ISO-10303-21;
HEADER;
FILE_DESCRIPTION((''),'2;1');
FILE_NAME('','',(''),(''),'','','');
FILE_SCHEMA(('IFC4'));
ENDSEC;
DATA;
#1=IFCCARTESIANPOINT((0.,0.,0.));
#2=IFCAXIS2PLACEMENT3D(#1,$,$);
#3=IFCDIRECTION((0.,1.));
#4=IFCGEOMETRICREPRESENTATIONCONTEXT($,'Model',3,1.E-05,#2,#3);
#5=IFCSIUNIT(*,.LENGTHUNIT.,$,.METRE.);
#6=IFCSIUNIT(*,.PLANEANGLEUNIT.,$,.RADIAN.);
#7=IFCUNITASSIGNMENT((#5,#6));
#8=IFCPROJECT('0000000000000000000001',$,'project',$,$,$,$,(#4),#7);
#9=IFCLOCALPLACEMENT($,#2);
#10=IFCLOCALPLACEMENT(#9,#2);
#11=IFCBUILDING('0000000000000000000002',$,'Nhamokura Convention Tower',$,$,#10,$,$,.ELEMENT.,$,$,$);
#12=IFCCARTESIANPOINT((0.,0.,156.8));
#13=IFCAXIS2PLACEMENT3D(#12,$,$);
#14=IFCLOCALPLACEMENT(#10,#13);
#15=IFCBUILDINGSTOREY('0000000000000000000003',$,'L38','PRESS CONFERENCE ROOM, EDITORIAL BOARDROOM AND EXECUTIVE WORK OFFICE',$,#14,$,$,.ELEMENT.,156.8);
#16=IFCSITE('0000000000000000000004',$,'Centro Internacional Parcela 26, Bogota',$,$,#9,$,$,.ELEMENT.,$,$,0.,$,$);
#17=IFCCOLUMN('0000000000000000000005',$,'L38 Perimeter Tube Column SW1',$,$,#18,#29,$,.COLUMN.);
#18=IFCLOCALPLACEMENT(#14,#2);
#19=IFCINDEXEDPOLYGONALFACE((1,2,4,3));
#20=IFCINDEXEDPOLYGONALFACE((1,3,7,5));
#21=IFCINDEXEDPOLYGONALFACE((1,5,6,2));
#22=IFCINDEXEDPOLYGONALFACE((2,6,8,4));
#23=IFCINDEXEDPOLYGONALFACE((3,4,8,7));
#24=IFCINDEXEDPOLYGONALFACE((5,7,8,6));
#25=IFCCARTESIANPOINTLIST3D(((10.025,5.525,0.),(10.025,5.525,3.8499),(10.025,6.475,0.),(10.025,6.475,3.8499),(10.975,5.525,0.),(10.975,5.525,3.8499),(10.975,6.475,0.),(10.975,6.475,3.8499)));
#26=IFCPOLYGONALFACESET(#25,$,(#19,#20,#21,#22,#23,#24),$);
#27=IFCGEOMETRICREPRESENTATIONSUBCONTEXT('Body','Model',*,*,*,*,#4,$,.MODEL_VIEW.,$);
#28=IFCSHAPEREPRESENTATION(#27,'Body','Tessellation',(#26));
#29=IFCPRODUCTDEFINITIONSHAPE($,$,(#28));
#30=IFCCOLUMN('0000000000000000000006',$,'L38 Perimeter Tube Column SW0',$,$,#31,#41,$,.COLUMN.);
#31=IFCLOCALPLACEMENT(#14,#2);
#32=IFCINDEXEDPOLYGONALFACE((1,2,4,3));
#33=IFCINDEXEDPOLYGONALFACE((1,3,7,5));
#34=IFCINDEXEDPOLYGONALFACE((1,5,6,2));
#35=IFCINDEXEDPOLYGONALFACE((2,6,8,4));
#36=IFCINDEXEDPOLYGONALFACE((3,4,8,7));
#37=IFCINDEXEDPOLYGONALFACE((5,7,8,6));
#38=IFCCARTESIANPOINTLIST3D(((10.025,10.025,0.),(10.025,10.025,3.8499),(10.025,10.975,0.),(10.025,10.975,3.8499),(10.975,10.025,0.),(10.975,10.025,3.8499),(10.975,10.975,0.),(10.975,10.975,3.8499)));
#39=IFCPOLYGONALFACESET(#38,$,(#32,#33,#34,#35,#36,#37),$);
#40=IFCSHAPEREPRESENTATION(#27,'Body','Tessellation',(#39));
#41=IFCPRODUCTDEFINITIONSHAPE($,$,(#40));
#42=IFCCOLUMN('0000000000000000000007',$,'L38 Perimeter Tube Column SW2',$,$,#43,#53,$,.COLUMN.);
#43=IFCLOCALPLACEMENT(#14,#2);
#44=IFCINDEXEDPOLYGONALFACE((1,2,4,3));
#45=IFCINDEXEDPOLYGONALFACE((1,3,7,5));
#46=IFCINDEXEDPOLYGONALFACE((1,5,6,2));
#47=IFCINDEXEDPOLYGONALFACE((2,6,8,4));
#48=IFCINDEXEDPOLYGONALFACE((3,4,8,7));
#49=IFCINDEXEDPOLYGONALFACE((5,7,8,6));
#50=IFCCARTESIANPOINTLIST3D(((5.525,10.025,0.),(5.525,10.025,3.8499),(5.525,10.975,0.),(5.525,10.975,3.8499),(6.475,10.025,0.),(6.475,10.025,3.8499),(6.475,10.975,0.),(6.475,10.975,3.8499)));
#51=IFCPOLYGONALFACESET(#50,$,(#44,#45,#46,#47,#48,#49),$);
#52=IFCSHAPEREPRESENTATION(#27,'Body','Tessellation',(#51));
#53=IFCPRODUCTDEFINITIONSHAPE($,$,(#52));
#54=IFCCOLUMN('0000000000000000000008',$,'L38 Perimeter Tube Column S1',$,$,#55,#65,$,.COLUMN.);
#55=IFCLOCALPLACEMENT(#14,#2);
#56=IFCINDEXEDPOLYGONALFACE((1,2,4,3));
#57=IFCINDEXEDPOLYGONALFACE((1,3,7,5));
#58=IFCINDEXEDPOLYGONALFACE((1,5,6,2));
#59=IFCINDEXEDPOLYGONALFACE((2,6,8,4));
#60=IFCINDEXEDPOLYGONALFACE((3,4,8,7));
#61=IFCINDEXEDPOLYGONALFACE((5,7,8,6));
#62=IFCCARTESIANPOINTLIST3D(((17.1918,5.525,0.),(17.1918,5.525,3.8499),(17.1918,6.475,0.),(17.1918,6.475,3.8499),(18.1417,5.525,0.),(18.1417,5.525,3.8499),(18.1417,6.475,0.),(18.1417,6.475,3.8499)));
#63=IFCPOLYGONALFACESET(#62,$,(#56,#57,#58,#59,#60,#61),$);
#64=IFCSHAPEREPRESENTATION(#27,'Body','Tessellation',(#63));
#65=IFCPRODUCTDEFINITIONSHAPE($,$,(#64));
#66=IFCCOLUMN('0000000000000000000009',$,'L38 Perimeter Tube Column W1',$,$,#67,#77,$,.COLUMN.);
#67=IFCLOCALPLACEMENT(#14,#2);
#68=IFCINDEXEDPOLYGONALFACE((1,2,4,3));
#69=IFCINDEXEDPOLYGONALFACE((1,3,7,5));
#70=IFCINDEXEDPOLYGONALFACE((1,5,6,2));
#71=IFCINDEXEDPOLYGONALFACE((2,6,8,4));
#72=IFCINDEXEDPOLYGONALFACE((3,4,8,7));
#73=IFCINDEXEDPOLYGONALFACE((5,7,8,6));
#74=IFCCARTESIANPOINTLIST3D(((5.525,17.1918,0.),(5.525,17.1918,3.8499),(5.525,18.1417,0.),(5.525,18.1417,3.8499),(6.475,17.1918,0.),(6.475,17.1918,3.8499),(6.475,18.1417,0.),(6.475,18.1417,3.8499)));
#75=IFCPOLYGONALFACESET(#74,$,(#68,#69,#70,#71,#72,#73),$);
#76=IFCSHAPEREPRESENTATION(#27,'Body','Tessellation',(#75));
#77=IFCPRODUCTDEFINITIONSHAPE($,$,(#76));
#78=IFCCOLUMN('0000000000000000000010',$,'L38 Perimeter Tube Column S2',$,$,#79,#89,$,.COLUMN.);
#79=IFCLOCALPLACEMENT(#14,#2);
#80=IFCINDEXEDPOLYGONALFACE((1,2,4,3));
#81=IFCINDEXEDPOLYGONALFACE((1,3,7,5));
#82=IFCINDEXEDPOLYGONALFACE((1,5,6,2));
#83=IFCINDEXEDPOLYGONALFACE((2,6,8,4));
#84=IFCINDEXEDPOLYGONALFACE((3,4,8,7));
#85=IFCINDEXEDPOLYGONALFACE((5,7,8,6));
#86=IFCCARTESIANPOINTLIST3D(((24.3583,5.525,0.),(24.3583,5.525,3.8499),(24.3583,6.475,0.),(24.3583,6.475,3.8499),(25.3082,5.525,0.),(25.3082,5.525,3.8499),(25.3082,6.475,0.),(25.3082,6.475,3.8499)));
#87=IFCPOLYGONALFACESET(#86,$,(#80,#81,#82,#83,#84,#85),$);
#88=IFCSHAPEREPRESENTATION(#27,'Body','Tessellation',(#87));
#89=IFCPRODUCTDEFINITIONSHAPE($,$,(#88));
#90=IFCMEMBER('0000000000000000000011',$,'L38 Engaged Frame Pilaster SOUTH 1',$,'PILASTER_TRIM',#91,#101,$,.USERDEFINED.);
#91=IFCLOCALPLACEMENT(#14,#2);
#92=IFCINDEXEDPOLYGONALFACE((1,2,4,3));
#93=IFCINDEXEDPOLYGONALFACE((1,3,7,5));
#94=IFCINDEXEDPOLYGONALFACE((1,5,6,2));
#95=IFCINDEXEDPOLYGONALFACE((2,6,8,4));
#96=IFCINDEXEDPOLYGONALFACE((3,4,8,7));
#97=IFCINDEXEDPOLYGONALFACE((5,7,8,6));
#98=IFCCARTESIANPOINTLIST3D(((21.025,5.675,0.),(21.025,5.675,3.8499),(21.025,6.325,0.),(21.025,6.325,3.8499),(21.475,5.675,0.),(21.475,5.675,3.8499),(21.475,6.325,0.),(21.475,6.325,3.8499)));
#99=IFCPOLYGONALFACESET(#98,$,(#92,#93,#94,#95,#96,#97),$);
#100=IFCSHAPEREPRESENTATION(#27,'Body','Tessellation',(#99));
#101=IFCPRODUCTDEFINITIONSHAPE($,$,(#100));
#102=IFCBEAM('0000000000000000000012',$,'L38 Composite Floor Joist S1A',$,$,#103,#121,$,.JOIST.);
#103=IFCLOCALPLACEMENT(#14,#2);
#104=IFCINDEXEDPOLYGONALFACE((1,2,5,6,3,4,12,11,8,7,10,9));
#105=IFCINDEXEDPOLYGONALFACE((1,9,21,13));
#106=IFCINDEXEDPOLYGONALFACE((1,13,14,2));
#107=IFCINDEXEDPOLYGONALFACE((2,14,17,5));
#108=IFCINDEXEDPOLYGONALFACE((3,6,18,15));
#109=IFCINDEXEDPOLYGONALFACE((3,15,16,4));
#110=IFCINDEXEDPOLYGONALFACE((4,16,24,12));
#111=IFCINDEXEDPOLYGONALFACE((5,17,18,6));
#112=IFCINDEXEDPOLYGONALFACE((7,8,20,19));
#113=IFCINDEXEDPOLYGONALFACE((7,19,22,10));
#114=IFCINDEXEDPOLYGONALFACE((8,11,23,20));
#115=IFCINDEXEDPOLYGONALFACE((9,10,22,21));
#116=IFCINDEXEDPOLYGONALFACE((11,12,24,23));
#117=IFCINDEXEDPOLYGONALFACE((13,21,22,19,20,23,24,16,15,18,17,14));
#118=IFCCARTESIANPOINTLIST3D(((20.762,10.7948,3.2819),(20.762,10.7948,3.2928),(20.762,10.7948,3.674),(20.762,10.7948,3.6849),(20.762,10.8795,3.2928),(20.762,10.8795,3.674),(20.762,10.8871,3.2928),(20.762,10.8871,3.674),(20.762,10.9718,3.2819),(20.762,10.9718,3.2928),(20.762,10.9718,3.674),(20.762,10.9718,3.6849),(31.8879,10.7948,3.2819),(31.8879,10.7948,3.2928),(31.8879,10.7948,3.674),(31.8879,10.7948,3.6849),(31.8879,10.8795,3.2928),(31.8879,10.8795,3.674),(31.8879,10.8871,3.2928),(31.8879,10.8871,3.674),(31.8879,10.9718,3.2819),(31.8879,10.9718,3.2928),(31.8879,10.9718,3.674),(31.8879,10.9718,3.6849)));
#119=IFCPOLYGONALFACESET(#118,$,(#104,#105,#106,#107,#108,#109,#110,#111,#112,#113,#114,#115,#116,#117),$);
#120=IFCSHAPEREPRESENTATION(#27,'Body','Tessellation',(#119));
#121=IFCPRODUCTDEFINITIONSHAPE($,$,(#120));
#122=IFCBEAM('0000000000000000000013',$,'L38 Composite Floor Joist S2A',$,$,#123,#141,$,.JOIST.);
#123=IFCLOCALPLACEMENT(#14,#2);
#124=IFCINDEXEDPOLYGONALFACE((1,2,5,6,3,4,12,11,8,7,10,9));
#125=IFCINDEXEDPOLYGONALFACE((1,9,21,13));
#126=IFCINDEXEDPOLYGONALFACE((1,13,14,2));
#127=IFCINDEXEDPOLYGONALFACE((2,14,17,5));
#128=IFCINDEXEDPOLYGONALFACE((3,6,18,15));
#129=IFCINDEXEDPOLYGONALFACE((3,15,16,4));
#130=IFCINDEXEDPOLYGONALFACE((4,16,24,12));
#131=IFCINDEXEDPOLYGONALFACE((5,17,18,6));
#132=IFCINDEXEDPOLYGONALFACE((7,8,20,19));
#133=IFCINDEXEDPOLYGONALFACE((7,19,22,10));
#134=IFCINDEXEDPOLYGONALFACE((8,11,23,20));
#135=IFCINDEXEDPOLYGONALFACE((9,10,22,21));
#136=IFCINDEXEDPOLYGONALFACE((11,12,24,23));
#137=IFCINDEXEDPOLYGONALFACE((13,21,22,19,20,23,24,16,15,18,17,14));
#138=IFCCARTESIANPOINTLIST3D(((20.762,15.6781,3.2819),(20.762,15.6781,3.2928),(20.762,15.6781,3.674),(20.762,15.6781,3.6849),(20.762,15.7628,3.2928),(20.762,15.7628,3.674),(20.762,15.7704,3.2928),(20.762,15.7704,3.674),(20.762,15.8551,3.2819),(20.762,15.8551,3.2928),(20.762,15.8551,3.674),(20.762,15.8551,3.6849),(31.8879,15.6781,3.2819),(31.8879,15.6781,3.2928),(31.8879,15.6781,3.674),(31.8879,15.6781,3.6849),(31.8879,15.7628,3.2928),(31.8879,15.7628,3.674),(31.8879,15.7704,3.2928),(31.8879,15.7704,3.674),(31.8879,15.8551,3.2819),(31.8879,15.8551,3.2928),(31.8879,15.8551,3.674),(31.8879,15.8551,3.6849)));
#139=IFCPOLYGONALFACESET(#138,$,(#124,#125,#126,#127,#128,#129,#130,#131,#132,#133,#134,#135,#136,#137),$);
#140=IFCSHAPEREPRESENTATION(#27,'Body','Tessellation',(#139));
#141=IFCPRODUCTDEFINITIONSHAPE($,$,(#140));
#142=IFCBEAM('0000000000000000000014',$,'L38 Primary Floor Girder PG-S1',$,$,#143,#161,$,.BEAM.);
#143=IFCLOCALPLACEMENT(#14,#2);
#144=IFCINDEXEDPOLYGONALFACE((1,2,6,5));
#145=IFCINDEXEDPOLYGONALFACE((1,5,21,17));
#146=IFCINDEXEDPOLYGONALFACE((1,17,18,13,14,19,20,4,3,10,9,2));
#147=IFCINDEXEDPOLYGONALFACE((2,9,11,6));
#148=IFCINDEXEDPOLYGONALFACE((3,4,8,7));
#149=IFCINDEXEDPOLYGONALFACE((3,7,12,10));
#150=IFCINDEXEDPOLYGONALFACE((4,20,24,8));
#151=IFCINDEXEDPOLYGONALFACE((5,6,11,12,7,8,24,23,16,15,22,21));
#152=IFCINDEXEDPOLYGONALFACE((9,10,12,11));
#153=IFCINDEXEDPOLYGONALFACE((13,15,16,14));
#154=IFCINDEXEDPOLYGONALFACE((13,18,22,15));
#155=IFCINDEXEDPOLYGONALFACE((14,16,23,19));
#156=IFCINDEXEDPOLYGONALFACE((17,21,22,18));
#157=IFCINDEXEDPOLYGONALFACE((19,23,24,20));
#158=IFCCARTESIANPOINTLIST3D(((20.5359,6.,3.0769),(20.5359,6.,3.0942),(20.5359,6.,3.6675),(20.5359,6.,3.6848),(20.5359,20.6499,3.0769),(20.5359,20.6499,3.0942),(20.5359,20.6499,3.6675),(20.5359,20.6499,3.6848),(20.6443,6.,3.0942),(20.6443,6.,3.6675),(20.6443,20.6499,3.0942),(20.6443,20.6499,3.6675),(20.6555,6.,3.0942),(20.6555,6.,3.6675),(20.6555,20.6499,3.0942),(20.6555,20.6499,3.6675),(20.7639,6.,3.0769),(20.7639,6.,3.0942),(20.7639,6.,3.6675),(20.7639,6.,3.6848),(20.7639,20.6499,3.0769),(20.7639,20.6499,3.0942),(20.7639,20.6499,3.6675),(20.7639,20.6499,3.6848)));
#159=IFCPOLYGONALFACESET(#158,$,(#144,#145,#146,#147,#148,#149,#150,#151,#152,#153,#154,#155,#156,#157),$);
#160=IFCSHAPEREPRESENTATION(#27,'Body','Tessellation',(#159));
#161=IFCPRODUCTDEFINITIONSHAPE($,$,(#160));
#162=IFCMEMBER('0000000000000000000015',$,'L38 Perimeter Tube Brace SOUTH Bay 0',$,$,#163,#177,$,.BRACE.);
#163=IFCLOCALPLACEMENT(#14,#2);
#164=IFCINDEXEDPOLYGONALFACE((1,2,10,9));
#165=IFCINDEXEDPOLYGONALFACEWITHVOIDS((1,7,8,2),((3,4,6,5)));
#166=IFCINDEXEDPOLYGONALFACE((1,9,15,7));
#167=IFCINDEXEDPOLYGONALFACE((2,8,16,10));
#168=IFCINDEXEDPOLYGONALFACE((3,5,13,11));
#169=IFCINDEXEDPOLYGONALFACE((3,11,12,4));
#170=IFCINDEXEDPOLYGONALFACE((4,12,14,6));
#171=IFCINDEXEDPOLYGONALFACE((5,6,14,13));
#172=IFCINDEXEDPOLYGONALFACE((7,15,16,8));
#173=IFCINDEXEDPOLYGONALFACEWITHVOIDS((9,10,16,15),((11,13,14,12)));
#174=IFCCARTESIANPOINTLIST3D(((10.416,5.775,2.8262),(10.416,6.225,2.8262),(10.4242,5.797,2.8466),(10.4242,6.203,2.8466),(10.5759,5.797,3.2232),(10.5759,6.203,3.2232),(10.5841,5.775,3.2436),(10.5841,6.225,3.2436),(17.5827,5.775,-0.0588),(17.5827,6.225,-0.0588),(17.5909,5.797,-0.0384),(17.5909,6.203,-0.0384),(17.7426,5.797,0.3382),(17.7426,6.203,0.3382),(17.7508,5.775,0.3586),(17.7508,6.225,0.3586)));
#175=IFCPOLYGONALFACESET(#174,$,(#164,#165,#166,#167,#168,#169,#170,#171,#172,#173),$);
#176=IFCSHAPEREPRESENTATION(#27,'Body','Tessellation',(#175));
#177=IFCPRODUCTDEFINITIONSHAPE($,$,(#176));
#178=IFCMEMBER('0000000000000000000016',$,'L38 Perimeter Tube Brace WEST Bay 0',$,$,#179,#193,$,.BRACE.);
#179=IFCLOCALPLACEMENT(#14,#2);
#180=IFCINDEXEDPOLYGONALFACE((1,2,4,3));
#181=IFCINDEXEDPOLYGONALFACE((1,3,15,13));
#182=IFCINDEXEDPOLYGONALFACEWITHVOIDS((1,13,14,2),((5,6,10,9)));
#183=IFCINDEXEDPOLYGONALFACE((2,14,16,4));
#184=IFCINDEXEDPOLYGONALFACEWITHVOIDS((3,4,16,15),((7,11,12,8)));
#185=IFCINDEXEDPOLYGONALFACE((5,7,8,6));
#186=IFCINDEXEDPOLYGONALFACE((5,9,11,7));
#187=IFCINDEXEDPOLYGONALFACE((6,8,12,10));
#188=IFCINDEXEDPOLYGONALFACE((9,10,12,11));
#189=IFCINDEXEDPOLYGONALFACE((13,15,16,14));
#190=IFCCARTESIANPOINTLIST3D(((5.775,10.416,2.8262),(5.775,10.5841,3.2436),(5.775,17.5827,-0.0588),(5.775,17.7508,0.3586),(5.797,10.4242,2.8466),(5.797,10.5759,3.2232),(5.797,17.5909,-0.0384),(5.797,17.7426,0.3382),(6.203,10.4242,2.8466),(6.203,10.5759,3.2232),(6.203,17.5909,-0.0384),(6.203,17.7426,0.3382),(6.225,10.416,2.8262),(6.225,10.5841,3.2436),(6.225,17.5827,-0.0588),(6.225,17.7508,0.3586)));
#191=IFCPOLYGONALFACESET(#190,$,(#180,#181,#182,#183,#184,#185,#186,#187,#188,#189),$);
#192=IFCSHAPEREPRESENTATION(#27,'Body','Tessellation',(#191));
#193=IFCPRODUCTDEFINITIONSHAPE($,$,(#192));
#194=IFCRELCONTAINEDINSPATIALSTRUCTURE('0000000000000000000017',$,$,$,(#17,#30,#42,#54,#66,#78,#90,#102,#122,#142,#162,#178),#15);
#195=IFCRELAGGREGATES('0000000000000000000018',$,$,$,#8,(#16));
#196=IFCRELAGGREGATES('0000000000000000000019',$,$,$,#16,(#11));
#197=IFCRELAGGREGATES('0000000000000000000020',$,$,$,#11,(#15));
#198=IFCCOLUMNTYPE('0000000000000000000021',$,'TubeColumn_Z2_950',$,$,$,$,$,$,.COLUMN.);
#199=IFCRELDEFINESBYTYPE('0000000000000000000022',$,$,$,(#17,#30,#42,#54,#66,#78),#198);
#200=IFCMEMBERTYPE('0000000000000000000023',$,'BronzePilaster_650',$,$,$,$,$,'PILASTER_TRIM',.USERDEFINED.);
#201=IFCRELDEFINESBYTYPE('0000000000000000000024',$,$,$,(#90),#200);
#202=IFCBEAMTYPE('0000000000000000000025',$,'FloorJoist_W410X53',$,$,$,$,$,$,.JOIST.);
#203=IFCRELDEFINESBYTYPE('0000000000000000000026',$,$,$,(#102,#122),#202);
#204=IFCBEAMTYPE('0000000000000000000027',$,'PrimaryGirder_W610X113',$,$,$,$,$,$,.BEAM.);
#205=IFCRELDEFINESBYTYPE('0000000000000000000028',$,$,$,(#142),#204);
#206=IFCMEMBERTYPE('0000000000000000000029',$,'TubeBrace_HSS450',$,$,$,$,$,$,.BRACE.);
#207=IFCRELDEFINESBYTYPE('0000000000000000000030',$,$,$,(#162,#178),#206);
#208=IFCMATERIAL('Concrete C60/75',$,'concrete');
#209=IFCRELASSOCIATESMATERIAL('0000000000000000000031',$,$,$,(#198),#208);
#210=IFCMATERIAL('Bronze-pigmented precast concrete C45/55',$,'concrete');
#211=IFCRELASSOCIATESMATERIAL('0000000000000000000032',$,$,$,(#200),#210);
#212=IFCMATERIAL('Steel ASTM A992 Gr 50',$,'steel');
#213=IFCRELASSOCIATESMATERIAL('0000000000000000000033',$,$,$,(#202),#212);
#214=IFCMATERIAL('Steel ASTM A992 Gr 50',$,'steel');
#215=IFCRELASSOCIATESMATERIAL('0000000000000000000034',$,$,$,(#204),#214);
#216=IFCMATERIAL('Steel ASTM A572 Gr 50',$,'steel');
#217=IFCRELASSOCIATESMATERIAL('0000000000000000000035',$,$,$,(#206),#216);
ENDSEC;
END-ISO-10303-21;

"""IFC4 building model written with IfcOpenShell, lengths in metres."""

from ifc_helpers import new_model, si_unit, direction, frame, origin, origin_2d, place, context, subcontext, project, spatial, rectangle, hollow_rectangle, i_section, extrude, material, material_profile, profile_set, type_object, element, save


model = new_model("IFC4")

# Units and contexts
model_context = context("Model", 3, precision=1e-05, world=origin(), true_north=direction((0.0, 1.0)))
body_context = subcontext(model_context, "Body", "Model", "MODEL_VIEW")
ifc_project = project(units=[si_unit("LENGTHUNIT", "METRE"), si_unit("PLANEANGLEUNIT", "RADIAN")], contexts=[model_context])

# Site, building, storey
site_placement = place(None, origin())
site = spatial("IfcSite", under=ifc_project, at=site_placement, Name="Centro Internacional Parcela 26, Bogota", CompositionType="ELEMENT", RefElevation=0.0)
building_placement = place(site_placement, origin())
building = spatial("IfcBuilding", under=site, at=building_placement, Name="Nhamokura Convention Tower", CompositionType="ELEMENT")
storey_placement = place(building_placement, frame((0.0, 0.0, 156.8)))
storey = spatial("IfcBuildingStorey", under=building, at=storey_placement, Name="L38", Description="PRESS CONFERENCE ROOM, EDITORIAL BOARDROOM AND EXECUTIVE WORK OFFICE", CompositionType="ELEMENT", Elevation=156.8)

# Columns
ifc_material_1 = material(Name="Concrete C60/75", Category="concrete")
ifc_material_profile_1 = material_profile(ifc_material_1, rectangle(XDim=0.95, YDim=0.95, at=origin_2d()))
ifc_profile_set_1 = profile_set([ifc_material_profile_1], Name="Concrete C60/75")
column_type = type_object("IfcColumnType", Name="TubeColumn_Z2_950", PredefinedType="COLUMN", material=ifc_profile_set_1)
for number, where, z_axis, x_axis, name in (
    (1, (10.5, 6.0, 0.0), (0.0, 0.0, 1.0), (1.0, 0.0, 0.0), "L38 Perimeter Tube Column SW1"),
    (2, (10.5, 10.5, 0.0), (0.0, 0.0, 1.0), (1.0, 0.0, 0.0), "L38 Perimeter Tube Column SW0"),
    (3, (6.0, 10.5, 0.0), (0.0, 0.0, 1.0), (1.0, 0.0, 0.0), "L38 Perimeter Tube Column SW2"),
    (4, (17.6667, 6.0, 0.0), (0.0, 0.0, 1.0), (1.0, 0.0, 0.0), "L38 Perimeter Tube Column S1"),
    (5, (6.0, 17.6667, 0.0), (0.0, 0.0, 1.0), (1.0, 0.0, 0.0), "L38 Perimeter Tube Column W1"),
    (6, (24.8333, 6.0, 0.0), (0.0, 0.0, 1.0), (1.0, 0.0, 0.0), "L38 Perimeter Tube Column S2"),
):
    element("IfcColumn", number, at=place(storey_placement, frame(where, z_axis=z_axis, x_axis=x_axis)), inside=storey, type_object=column_type, Name=name, PredefinedType="COLUMN", context=body_context, shape_type="SweptSolid", body=[
        extrude(rectangle(XDim=0.95, YDim=0.95, at=origin_2d()), origin(), (0.0, 0.0, 1.0), 3.8499),
    ])

# Member
ifc_material_2 = material(Name="Bronze-pigmented precast concrete C45/55", Category="concrete")
ifc_material_profile_2 = material_profile(ifc_material_2, rectangle(XDim=0.45, YDim=0.6499, at=origin_2d()))
ifc_profile_set_2 = profile_set([ifc_material_profile_2], Name="Bronze-pigmented precast concrete C45/55")
member_type_1 = type_object("IfcMemberType", Name="BronzePilaster_650", ElementType="PILASTER_TRIM", PredefinedType="USERDEFINED", material=ifc_profile_set_2)
member_placement = place(storey_placement, frame((21.25, 6.0, 0.0), z_axis=(0.0, 0.0, 1.0), x_axis=(1.0, 0.0, 0.0)))
element("IfcMember", 7, at=member_placement, inside=storey, type_object=member_type_1, Name="L38 Engaged Frame Pilaster SOUTH 1", ObjectType="PILASTER_TRIM", PredefinedType="USERDEFINED", context=body_context, shape_type="SweptSolid", body=[
    extrude(rectangle(XDim=0.45, YDim=0.6499, at=origin_2d()), origin(), (0.0, 0.0, 1.0), 3.8499),
])

# Beams
ifc_material_3 = material(Name="Steel ASTM A992 Gr 50", Category="steel")
ifc_material_profile_3 = material_profile(ifc_material_3, i_section(OverallWidth=0.177, OverallDepth=0.4031, WebThickness=0.0076, FlangeThickness=0.011, at=origin_2d()))
ifc_profile_set_3 = profile_set([ifc_material_profile_3], Name="Steel ASTM A992 Gr 50")
beam_type_1 = type_object("IfcBeamType", Name="FloorJoist_W410X53", PredefinedType="JOIST", material=ifc_profile_set_3)
for number, where, z_axis, x_axis, name in (
    (8, (20.762, 10.8833, 3.4834), (1.0, 0.0, 0.0), (0.0, 1.0, 0.0), "L38 Composite Floor Joist S1A"),
    (9, (20.762, 15.7666, 3.4834), (1.0, 0.0, 0.0), (0.0, 1.0, 0.0), "L38 Composite Floor Joist S2A"),
):
    element("IfcBeam", number, at=place(storey_placement, frame(where, z_axis=z_axis, x_axis=x_axis)), inside=storey, type_object=beam_type_1, Name=name, PredefinedType="JOIST", context=body_context, shape_type="SweptSolid", body=[
        extrude(i_section(OverallWidth=0.177, OverallDepth=0.4031, WebThickness=0.0076, FlangeThickness=0.011, at=origin_2d()), origin(), (0.0, 0.0, 1.0), 11.126),
    ])
ifc_material_4 = material(Name="Steel ASTM A992 Gr 50", Category="steel")
ifc_material_profile_4 = material_profile(ifc_material_4, i_section(OverallWidth=0.228, OverallDepth=0.6079, WebThickness=0.0112, FlangeThickness=0.0173, at=origin_2d()))
ifc_profile_set_4 = profile_set([ifc_material_profile_4], Name="Steel ASTM A992 Gr 50")
beam_type_2 = type_object("IfcBeamType", Name="PrimaryGirder_W610X113", PredefinedType="BEAM", material=ifc_profile_set_4)
beam_1_placement = place(storey_placement, frame((20.6499, 6.0, 3.3809), z_axis=(0.0, 1.0, 0.0), x_axis=(-1.0, 0.0, 0.0)))
element("IfcBeam", 10, at=beam_1_placement, inside=storey, type_object=beam_type_2, Name="L38 Primary Floor Girder PG-S1", PredefinedType="BEAM", context=body_context, shape_type="SweptSolid", body=[
    extrude(i_section(OverallWidth=0.228, OverallDepth=0.6079, WebThickness=0.0112, FlangeThickness=0.0173, at=origin_2d()), origin(), (0.0, 0.0, 1.0), 14.6499),
])

# Members
ifc_material_5 = material(Name="Steel ASTM A572 Gr 50", Category="steel")
ifc_material_profile_5 = material_profile(ifc_material_5, hollow_rectangle(XDim=0.45, YDim=0.45, WallThickness=0.022, at=origin_2d()))
ifc_profile_set_5 = profile_set([ifc_material_profile_5], Name="Steel ASTM A572 Gr 50")
member_type_2 = type_object("IfcMemberType", Name="TubeBrace_HSS450", PredefinedType="BRACE", material=ifc_profile_set_5)
for number, where, z_axis, x_axis, name in (
    (11, (17.6667, 6.0, 0.1499), (-0.927657, 0.0, 0.373433), (0.0, -1.0, 0.0), "L38 Perimeter Tube Brace SOUTH Bay 0"),
    (12, (6.0, 17.6667, 0.1499), (0.0, -0.927657, 0.373433), (1.0, 0.0, 0.0), "L38 Perimeter Tube Brace WEST Bay 0"),
):
    element("IfcMember", number, at=place(storey_placement, frame(where, z_axis=z_axis, x_axis=x_axis)), inside=storey, type_object=member_type_2, Name=name, PredefinedType="BRACE", context=body_context, shape_type="SweptSolid", body=[
        extrude(hollow_rectangle(XDim=0.45, YDim=0.45, WallThickness=0.022, at=origin_2d()), origin(), (0.0, 0.0, 1.0), 7.7256),
    ])

save(model, "model.ifc")
